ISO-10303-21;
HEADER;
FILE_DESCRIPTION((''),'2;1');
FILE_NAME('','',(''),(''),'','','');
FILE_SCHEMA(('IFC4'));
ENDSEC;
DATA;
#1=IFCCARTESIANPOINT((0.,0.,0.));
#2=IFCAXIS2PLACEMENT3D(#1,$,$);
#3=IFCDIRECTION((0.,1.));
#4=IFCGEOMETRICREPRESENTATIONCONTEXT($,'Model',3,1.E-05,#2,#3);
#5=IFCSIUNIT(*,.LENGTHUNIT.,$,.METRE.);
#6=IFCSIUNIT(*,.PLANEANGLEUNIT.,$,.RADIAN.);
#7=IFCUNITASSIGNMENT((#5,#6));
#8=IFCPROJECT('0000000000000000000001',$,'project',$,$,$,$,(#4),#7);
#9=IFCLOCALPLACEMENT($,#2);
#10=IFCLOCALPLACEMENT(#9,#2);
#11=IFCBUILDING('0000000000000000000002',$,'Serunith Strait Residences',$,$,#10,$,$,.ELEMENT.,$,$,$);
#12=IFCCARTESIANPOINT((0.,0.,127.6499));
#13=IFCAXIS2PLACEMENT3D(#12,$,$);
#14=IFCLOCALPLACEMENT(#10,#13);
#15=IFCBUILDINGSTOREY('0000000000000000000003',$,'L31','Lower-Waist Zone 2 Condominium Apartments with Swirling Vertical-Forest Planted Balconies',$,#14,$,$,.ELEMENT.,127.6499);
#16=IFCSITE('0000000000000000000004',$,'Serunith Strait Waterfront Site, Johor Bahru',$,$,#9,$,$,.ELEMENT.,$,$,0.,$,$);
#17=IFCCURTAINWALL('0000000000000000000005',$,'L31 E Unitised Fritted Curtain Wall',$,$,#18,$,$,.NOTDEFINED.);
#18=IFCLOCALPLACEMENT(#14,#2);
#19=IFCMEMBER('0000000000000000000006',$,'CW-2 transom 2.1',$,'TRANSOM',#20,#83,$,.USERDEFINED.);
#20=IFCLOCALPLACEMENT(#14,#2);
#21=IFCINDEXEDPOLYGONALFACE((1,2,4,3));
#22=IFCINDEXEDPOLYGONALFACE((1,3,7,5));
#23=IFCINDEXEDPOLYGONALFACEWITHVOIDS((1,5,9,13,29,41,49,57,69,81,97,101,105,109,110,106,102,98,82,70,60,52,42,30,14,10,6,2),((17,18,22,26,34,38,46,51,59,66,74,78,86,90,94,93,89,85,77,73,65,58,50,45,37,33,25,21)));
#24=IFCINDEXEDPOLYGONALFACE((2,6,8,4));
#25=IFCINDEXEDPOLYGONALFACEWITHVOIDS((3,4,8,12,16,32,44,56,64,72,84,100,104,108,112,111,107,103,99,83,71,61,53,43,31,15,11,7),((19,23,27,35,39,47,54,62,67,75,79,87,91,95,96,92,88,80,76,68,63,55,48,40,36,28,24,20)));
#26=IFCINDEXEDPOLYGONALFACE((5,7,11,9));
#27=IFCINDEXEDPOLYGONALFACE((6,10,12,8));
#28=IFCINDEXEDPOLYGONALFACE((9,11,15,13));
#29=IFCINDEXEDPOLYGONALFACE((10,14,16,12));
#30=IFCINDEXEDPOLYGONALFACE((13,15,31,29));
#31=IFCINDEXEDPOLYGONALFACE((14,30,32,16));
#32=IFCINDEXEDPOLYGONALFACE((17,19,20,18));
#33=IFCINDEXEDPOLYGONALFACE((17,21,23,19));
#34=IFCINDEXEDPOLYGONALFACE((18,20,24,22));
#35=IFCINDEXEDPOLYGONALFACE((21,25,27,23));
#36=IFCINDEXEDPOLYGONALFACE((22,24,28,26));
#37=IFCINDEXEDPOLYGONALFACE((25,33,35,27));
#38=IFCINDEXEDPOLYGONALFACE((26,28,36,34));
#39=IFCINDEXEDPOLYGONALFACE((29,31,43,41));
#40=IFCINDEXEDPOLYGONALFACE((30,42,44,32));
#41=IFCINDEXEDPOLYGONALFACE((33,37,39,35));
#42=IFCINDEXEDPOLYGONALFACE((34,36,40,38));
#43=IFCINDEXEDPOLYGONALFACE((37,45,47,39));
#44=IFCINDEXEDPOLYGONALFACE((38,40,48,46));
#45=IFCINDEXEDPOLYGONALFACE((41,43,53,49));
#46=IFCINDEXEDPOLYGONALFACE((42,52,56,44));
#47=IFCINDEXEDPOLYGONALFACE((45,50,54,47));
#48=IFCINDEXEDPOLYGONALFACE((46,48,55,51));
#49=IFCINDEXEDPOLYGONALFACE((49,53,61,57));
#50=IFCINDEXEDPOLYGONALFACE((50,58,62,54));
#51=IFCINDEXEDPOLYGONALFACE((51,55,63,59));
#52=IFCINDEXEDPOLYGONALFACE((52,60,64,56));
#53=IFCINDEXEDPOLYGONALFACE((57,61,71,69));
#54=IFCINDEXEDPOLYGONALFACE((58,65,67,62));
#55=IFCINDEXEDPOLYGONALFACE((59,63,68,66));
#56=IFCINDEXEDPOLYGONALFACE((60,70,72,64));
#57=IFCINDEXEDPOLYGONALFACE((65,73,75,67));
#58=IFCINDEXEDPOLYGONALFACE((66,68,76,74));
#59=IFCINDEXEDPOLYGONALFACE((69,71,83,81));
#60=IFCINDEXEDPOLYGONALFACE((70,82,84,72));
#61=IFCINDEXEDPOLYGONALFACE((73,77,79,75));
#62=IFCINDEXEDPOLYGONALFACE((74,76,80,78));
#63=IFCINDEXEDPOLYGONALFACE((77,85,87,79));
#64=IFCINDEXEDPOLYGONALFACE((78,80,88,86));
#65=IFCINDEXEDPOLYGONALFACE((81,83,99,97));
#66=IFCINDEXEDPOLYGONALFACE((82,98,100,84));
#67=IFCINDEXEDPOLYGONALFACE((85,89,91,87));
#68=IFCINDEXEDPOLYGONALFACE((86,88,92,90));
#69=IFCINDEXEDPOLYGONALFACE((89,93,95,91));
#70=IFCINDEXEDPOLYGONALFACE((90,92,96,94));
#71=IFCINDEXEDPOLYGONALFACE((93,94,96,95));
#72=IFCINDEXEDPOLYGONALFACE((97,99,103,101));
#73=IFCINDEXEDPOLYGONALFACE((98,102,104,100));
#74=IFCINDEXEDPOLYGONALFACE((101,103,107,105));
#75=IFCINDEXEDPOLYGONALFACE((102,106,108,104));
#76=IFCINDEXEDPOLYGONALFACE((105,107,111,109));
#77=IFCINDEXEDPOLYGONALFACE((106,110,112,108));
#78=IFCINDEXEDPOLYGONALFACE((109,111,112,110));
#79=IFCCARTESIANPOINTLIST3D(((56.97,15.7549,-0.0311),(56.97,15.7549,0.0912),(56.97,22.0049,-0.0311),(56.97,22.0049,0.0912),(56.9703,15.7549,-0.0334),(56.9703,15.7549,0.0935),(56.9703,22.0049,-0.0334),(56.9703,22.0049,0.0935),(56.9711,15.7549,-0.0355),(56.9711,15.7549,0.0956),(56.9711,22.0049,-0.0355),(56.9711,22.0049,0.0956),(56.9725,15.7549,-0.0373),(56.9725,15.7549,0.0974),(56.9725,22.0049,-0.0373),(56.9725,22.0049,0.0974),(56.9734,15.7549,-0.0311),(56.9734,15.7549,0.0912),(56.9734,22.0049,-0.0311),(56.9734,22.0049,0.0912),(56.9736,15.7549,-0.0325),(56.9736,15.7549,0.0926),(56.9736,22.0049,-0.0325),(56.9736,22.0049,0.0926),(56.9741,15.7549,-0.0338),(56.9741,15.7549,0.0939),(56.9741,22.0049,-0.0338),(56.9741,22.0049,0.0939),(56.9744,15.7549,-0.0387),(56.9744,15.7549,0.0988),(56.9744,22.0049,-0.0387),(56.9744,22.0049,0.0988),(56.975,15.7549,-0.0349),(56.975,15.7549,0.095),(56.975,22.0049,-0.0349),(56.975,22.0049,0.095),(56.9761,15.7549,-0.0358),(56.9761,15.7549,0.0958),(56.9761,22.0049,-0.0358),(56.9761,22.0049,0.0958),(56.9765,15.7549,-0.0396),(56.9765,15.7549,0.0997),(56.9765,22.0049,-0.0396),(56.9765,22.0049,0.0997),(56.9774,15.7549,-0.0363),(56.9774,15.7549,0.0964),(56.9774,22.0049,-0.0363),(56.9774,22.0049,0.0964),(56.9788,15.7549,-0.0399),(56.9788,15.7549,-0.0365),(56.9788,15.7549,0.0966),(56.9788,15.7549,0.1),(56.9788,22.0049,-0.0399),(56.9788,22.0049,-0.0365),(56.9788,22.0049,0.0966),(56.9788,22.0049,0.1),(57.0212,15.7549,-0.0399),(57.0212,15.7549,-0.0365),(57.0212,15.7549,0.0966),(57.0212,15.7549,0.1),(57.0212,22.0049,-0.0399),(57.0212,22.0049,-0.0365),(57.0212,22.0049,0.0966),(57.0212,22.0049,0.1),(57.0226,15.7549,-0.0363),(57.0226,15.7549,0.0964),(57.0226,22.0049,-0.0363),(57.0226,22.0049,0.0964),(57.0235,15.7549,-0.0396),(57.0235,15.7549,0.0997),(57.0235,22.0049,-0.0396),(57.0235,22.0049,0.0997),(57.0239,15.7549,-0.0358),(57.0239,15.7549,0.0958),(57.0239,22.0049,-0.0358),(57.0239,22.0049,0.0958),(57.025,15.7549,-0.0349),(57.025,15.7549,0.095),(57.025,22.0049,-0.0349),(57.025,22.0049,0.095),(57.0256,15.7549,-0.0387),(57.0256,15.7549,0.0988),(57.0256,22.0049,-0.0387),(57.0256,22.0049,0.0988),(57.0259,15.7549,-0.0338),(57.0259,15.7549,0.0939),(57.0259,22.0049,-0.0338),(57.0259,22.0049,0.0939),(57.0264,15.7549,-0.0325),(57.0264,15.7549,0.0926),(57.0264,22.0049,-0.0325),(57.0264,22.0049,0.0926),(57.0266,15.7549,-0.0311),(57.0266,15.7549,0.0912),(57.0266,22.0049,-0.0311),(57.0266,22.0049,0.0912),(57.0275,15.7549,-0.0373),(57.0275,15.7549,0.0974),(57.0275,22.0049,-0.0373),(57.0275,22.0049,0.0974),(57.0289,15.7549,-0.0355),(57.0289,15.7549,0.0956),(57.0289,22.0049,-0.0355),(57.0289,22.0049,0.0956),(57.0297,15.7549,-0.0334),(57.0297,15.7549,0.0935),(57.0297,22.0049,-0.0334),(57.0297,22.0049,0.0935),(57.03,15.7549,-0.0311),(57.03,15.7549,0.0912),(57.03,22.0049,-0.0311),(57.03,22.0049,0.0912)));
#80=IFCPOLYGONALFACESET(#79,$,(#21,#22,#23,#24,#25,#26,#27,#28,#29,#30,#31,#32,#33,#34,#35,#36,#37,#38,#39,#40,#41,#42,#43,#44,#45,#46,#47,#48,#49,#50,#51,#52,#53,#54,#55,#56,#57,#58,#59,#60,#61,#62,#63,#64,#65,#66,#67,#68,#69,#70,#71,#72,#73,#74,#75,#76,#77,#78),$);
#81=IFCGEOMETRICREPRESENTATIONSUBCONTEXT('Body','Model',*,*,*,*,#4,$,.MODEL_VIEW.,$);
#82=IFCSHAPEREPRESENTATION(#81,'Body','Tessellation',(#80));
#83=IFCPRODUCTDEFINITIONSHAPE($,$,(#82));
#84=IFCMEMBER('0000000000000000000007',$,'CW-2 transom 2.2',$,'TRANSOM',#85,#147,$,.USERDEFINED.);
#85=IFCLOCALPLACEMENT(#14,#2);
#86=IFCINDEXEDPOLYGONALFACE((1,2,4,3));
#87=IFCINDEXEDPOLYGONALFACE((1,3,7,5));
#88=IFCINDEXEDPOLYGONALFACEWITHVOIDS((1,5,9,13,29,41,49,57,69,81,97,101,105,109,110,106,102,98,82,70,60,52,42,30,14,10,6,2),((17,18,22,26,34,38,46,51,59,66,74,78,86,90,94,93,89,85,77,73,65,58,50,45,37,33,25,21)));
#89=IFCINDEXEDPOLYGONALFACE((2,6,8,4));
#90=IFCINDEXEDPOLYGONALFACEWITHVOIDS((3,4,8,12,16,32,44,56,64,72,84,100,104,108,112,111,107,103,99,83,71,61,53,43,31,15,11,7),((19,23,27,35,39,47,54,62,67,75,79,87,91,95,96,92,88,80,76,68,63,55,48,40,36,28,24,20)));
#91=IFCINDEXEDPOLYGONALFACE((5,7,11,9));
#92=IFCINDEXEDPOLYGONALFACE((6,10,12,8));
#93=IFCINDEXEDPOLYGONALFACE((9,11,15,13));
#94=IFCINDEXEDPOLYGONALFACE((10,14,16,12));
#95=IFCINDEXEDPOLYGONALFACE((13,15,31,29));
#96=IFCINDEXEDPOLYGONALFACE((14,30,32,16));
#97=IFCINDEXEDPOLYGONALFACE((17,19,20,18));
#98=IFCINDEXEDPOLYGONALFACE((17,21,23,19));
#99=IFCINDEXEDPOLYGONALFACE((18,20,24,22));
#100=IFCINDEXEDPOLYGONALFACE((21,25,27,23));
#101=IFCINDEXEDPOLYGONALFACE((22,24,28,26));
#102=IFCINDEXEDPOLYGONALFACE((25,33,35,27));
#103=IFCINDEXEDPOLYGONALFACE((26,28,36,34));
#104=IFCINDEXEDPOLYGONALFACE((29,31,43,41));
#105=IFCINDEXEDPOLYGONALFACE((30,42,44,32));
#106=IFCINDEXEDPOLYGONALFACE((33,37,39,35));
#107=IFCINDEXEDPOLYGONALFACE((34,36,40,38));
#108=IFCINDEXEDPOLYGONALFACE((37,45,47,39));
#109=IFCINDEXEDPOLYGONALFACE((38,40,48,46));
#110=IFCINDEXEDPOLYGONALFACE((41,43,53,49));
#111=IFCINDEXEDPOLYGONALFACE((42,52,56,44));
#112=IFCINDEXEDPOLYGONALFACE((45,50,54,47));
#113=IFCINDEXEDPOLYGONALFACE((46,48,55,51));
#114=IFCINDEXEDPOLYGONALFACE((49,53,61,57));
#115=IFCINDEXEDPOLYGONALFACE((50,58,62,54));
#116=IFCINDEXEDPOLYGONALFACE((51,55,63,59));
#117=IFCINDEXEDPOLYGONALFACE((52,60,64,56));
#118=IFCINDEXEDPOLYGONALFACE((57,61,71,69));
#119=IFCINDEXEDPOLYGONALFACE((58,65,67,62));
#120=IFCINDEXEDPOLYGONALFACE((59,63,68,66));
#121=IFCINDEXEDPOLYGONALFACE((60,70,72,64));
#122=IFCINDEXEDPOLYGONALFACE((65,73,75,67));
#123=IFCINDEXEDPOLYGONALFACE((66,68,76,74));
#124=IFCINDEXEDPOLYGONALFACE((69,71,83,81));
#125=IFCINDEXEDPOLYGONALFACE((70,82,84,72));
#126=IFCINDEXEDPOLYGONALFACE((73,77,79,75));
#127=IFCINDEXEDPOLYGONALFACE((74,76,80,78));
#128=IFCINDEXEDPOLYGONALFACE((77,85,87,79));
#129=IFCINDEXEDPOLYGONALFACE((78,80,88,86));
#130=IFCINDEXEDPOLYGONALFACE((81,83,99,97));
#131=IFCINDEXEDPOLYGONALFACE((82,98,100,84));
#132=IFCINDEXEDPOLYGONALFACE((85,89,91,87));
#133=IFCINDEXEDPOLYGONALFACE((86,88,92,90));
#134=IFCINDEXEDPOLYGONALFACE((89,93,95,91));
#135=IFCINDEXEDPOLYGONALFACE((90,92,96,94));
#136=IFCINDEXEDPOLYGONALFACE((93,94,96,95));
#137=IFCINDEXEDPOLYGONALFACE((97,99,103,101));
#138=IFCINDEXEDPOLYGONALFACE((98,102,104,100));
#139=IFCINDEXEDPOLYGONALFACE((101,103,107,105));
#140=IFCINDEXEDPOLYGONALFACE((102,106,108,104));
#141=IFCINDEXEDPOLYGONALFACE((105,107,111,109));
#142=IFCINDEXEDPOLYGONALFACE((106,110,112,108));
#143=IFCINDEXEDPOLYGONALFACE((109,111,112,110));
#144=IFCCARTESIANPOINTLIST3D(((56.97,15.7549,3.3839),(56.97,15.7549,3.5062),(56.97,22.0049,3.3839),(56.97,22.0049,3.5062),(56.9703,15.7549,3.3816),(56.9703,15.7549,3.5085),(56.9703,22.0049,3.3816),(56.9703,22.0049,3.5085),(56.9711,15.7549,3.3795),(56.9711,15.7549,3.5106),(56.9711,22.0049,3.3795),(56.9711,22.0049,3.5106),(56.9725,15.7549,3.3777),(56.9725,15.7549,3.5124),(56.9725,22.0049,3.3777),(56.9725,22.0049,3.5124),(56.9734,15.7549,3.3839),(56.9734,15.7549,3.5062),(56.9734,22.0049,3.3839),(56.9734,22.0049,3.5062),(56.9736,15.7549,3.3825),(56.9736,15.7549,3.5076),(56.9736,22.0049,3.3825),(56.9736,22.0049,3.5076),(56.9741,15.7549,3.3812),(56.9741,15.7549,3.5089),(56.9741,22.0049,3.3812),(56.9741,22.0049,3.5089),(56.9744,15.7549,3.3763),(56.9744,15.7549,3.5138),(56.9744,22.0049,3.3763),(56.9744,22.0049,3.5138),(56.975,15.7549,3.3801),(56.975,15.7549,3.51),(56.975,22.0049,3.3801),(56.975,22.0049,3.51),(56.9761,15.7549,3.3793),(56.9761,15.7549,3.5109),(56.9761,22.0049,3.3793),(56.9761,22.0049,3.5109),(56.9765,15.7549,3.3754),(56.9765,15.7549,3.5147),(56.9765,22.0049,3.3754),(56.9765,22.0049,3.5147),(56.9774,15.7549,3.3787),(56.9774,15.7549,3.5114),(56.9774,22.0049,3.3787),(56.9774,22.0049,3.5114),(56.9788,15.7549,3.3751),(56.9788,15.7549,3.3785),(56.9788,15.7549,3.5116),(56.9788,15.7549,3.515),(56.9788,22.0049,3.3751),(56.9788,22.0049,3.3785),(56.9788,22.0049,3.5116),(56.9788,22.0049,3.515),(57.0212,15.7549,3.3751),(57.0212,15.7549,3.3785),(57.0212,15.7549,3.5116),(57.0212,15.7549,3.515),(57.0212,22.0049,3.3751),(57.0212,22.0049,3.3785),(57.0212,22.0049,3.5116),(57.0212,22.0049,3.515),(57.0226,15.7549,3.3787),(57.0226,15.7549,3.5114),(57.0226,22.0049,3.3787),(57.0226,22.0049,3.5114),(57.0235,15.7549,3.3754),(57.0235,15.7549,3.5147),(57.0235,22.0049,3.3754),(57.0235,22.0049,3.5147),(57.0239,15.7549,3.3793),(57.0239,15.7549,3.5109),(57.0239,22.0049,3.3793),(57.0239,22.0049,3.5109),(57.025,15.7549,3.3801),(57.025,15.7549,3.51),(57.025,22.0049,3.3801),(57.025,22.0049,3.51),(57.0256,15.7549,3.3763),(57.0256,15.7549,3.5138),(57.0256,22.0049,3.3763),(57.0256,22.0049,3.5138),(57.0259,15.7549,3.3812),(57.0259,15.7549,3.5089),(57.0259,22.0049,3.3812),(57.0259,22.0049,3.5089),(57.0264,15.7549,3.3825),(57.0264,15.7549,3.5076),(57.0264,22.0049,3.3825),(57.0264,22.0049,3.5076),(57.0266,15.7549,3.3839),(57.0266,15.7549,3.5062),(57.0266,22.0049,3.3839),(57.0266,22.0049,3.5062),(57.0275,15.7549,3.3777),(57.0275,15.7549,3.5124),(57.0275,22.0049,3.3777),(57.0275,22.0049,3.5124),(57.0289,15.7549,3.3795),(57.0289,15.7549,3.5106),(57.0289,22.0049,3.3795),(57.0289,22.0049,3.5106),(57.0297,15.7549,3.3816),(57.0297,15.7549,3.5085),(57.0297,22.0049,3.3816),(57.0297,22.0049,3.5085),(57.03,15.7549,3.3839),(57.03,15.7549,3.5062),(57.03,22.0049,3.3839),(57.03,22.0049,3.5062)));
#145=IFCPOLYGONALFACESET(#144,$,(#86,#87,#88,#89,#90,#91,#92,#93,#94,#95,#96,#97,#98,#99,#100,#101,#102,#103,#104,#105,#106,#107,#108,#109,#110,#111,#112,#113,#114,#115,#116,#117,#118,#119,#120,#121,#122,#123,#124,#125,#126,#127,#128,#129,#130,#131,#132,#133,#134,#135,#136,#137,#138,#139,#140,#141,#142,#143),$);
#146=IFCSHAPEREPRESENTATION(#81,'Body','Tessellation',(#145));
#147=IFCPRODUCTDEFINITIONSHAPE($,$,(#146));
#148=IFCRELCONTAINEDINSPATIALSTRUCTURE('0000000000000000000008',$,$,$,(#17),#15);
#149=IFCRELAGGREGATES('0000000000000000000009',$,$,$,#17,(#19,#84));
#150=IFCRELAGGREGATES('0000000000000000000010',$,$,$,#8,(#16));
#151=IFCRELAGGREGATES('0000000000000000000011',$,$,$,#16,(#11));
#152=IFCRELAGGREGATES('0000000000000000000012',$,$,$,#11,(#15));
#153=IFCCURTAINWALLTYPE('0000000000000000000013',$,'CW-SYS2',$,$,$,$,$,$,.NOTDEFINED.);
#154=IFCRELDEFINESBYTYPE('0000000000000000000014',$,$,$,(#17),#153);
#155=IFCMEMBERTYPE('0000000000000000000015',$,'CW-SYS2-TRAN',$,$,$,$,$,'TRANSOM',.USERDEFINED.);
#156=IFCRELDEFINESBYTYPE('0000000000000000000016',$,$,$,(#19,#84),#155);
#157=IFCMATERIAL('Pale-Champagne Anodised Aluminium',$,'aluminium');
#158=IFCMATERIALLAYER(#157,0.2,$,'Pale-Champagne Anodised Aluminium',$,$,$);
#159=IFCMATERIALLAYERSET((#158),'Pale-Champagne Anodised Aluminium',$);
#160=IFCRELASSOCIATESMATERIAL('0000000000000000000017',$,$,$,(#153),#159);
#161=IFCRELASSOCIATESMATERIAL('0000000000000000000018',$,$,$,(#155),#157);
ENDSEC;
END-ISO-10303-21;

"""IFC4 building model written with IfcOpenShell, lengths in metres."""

from ifc_helpers import new_model, si_unit, direction, frame, origin, origin_2d, place, context, subcontext, project, spatial, hollow_rectangle, extrude, source, transform, mapped, material, layer, layer_set, material_profile, profile_set, type_object, element, aggregate, save


model = new_model("IFC4")

# Units and contexts
model_context = context("Model", 3, precision=1e-05, world=origin(), true_north=direction((0.0, 1.0)))
body_context = subcontext(model_context, "Body", "Model", "MODEL_VIEW")
ifc_project = project(units=[si_unit("LENGTHUNIT", "METRE"), si_unit("PLANEANGLEUNIT", "RADIAN")], contexts=[model_context])

# Site, building, storey
site_placement = place(None, origin())
site = spatial("IfcSite", under=ifc_project, at=site_placement, Name="Serunith Strait Waterfront Site, Johor Bahru", CompositionType="ELEMENT", RefElevation=0.0)
building_placement = place(site_placement, origin())
building = spatial("IfcBuilding", under=site, at=building_placement, Name="Serunith Strait Residences", CompositionType="ELEMENT")
storey_placement = place(building_placement, frame((0.0, 0.0, 127.6499)))
storey = spatial("IfcBuildingStorey", under=building, at=storey_placement, Name="L31", Description="Lower-Waist Zone 2 Condominium Apartments with Swirling Vertical-Forest Planted Balconies", CompositionType="ELEMENT", Elevation=127.6499)

# Curtain wall, members
ifc_material_1 = material(Name="Pale-Champagne Anodised Aluminium", Category="aluminium")
ifc_layer_1 = layer(ifc_material_1, 0.2, Name="Pale-Champagne Anodised Aluminium")
ifc_layer_set_1 = layer_set([ifc_layer_1], Name="Pale-Champagne Anodised Aluminium")
curtain_wall_type = type_object("IfcCurtainWallType", Name="CW-SYS2", PredefinedType="NOTDEFINED", material=ifc_layer_set_1)
curtain_wall_placement = place(storey_placement, origin())
curtain_wall = element("IfcCurtainWall", 1, at=curtain_wall_placement, inside=storey, type_object=curtain_wall_type, Name="L31 E Unitised Fritted Curtain Wall", PredefinedType="NOTDEFINED")
ifc_material_profile_1 = material_profile(ifc_material_1, hollow_rectangle(XDim=0.0601, YDim=0.1399, WallThickness=0.0034, InnerFilletRadius=0.0054, OuterFilletRadius=0.0088, at=origin_2d()), Name="ALU 140x60x3.5")
ifc_profile_set_1 = profile_set([ifc_material_profile_1], Name="Pale-Champagne Anodised Aluminium")
member_type_1 = type_object("IfcMemberType", Name="CW-SYS2-TRAN", ElementType="TRANSOM", PredefinedType="USERDEFINED", material=ifc_profile_set_1)
shared_shape_1 = source(origin(), body_context, "Body", "SweptSolid", [
    extrude(hollow_rectangle(XDim=0.0601, YDim=0.1399, WallThickness=0.0034, InnerFilletRadius=0.0054, OuterFilletRadius=0.0088, at=origin_2d()), origin(), (0.0, 0.0, 1.0), 6.25),
])
member_1_placement = place(storey_placement, frame((57.0, 15.7549, 0.03), z_axis=(0.0, 1.0, 0.0), x_axis=(-1.0, 0.0, 0.0)))
member_1 = element("IfcMember", 2, at=member_1_placement, type_object=member_type_1, Name="CW-2 transom 2.1", ObjectType="TRANSOM", PredefinedType="USERDEFINED", context=body_context, shape_type="MappedRepresentation", body=[
    mapped(shared_shape_1, transform((0.0, 0.0, 0.0), scale=1.0)),
])
member_2_placement = place(storey_placement, frame((57.0, 15.7549, 3.4451), z_axis=(0.0, 1.0, 0.0), x_axis=(-1.0, 0.0, 0.0)))
member_2 = element("IfcMember", 3, at=member_2_placement, type_object=member_type_1, Name="CW-2 transom 2.2", ObjectType="TRANSOM", PredefinedType="USERDEFINED", context=body_context, shape_type="MappedRepresentation", body=[
    mapped(shared_shape_1, transform((0.0, 0.0, 0.0), scale=1.0)),
])
aggregate(curtain_wall, [member_1, member_2])

save(model, "model.ifc")
